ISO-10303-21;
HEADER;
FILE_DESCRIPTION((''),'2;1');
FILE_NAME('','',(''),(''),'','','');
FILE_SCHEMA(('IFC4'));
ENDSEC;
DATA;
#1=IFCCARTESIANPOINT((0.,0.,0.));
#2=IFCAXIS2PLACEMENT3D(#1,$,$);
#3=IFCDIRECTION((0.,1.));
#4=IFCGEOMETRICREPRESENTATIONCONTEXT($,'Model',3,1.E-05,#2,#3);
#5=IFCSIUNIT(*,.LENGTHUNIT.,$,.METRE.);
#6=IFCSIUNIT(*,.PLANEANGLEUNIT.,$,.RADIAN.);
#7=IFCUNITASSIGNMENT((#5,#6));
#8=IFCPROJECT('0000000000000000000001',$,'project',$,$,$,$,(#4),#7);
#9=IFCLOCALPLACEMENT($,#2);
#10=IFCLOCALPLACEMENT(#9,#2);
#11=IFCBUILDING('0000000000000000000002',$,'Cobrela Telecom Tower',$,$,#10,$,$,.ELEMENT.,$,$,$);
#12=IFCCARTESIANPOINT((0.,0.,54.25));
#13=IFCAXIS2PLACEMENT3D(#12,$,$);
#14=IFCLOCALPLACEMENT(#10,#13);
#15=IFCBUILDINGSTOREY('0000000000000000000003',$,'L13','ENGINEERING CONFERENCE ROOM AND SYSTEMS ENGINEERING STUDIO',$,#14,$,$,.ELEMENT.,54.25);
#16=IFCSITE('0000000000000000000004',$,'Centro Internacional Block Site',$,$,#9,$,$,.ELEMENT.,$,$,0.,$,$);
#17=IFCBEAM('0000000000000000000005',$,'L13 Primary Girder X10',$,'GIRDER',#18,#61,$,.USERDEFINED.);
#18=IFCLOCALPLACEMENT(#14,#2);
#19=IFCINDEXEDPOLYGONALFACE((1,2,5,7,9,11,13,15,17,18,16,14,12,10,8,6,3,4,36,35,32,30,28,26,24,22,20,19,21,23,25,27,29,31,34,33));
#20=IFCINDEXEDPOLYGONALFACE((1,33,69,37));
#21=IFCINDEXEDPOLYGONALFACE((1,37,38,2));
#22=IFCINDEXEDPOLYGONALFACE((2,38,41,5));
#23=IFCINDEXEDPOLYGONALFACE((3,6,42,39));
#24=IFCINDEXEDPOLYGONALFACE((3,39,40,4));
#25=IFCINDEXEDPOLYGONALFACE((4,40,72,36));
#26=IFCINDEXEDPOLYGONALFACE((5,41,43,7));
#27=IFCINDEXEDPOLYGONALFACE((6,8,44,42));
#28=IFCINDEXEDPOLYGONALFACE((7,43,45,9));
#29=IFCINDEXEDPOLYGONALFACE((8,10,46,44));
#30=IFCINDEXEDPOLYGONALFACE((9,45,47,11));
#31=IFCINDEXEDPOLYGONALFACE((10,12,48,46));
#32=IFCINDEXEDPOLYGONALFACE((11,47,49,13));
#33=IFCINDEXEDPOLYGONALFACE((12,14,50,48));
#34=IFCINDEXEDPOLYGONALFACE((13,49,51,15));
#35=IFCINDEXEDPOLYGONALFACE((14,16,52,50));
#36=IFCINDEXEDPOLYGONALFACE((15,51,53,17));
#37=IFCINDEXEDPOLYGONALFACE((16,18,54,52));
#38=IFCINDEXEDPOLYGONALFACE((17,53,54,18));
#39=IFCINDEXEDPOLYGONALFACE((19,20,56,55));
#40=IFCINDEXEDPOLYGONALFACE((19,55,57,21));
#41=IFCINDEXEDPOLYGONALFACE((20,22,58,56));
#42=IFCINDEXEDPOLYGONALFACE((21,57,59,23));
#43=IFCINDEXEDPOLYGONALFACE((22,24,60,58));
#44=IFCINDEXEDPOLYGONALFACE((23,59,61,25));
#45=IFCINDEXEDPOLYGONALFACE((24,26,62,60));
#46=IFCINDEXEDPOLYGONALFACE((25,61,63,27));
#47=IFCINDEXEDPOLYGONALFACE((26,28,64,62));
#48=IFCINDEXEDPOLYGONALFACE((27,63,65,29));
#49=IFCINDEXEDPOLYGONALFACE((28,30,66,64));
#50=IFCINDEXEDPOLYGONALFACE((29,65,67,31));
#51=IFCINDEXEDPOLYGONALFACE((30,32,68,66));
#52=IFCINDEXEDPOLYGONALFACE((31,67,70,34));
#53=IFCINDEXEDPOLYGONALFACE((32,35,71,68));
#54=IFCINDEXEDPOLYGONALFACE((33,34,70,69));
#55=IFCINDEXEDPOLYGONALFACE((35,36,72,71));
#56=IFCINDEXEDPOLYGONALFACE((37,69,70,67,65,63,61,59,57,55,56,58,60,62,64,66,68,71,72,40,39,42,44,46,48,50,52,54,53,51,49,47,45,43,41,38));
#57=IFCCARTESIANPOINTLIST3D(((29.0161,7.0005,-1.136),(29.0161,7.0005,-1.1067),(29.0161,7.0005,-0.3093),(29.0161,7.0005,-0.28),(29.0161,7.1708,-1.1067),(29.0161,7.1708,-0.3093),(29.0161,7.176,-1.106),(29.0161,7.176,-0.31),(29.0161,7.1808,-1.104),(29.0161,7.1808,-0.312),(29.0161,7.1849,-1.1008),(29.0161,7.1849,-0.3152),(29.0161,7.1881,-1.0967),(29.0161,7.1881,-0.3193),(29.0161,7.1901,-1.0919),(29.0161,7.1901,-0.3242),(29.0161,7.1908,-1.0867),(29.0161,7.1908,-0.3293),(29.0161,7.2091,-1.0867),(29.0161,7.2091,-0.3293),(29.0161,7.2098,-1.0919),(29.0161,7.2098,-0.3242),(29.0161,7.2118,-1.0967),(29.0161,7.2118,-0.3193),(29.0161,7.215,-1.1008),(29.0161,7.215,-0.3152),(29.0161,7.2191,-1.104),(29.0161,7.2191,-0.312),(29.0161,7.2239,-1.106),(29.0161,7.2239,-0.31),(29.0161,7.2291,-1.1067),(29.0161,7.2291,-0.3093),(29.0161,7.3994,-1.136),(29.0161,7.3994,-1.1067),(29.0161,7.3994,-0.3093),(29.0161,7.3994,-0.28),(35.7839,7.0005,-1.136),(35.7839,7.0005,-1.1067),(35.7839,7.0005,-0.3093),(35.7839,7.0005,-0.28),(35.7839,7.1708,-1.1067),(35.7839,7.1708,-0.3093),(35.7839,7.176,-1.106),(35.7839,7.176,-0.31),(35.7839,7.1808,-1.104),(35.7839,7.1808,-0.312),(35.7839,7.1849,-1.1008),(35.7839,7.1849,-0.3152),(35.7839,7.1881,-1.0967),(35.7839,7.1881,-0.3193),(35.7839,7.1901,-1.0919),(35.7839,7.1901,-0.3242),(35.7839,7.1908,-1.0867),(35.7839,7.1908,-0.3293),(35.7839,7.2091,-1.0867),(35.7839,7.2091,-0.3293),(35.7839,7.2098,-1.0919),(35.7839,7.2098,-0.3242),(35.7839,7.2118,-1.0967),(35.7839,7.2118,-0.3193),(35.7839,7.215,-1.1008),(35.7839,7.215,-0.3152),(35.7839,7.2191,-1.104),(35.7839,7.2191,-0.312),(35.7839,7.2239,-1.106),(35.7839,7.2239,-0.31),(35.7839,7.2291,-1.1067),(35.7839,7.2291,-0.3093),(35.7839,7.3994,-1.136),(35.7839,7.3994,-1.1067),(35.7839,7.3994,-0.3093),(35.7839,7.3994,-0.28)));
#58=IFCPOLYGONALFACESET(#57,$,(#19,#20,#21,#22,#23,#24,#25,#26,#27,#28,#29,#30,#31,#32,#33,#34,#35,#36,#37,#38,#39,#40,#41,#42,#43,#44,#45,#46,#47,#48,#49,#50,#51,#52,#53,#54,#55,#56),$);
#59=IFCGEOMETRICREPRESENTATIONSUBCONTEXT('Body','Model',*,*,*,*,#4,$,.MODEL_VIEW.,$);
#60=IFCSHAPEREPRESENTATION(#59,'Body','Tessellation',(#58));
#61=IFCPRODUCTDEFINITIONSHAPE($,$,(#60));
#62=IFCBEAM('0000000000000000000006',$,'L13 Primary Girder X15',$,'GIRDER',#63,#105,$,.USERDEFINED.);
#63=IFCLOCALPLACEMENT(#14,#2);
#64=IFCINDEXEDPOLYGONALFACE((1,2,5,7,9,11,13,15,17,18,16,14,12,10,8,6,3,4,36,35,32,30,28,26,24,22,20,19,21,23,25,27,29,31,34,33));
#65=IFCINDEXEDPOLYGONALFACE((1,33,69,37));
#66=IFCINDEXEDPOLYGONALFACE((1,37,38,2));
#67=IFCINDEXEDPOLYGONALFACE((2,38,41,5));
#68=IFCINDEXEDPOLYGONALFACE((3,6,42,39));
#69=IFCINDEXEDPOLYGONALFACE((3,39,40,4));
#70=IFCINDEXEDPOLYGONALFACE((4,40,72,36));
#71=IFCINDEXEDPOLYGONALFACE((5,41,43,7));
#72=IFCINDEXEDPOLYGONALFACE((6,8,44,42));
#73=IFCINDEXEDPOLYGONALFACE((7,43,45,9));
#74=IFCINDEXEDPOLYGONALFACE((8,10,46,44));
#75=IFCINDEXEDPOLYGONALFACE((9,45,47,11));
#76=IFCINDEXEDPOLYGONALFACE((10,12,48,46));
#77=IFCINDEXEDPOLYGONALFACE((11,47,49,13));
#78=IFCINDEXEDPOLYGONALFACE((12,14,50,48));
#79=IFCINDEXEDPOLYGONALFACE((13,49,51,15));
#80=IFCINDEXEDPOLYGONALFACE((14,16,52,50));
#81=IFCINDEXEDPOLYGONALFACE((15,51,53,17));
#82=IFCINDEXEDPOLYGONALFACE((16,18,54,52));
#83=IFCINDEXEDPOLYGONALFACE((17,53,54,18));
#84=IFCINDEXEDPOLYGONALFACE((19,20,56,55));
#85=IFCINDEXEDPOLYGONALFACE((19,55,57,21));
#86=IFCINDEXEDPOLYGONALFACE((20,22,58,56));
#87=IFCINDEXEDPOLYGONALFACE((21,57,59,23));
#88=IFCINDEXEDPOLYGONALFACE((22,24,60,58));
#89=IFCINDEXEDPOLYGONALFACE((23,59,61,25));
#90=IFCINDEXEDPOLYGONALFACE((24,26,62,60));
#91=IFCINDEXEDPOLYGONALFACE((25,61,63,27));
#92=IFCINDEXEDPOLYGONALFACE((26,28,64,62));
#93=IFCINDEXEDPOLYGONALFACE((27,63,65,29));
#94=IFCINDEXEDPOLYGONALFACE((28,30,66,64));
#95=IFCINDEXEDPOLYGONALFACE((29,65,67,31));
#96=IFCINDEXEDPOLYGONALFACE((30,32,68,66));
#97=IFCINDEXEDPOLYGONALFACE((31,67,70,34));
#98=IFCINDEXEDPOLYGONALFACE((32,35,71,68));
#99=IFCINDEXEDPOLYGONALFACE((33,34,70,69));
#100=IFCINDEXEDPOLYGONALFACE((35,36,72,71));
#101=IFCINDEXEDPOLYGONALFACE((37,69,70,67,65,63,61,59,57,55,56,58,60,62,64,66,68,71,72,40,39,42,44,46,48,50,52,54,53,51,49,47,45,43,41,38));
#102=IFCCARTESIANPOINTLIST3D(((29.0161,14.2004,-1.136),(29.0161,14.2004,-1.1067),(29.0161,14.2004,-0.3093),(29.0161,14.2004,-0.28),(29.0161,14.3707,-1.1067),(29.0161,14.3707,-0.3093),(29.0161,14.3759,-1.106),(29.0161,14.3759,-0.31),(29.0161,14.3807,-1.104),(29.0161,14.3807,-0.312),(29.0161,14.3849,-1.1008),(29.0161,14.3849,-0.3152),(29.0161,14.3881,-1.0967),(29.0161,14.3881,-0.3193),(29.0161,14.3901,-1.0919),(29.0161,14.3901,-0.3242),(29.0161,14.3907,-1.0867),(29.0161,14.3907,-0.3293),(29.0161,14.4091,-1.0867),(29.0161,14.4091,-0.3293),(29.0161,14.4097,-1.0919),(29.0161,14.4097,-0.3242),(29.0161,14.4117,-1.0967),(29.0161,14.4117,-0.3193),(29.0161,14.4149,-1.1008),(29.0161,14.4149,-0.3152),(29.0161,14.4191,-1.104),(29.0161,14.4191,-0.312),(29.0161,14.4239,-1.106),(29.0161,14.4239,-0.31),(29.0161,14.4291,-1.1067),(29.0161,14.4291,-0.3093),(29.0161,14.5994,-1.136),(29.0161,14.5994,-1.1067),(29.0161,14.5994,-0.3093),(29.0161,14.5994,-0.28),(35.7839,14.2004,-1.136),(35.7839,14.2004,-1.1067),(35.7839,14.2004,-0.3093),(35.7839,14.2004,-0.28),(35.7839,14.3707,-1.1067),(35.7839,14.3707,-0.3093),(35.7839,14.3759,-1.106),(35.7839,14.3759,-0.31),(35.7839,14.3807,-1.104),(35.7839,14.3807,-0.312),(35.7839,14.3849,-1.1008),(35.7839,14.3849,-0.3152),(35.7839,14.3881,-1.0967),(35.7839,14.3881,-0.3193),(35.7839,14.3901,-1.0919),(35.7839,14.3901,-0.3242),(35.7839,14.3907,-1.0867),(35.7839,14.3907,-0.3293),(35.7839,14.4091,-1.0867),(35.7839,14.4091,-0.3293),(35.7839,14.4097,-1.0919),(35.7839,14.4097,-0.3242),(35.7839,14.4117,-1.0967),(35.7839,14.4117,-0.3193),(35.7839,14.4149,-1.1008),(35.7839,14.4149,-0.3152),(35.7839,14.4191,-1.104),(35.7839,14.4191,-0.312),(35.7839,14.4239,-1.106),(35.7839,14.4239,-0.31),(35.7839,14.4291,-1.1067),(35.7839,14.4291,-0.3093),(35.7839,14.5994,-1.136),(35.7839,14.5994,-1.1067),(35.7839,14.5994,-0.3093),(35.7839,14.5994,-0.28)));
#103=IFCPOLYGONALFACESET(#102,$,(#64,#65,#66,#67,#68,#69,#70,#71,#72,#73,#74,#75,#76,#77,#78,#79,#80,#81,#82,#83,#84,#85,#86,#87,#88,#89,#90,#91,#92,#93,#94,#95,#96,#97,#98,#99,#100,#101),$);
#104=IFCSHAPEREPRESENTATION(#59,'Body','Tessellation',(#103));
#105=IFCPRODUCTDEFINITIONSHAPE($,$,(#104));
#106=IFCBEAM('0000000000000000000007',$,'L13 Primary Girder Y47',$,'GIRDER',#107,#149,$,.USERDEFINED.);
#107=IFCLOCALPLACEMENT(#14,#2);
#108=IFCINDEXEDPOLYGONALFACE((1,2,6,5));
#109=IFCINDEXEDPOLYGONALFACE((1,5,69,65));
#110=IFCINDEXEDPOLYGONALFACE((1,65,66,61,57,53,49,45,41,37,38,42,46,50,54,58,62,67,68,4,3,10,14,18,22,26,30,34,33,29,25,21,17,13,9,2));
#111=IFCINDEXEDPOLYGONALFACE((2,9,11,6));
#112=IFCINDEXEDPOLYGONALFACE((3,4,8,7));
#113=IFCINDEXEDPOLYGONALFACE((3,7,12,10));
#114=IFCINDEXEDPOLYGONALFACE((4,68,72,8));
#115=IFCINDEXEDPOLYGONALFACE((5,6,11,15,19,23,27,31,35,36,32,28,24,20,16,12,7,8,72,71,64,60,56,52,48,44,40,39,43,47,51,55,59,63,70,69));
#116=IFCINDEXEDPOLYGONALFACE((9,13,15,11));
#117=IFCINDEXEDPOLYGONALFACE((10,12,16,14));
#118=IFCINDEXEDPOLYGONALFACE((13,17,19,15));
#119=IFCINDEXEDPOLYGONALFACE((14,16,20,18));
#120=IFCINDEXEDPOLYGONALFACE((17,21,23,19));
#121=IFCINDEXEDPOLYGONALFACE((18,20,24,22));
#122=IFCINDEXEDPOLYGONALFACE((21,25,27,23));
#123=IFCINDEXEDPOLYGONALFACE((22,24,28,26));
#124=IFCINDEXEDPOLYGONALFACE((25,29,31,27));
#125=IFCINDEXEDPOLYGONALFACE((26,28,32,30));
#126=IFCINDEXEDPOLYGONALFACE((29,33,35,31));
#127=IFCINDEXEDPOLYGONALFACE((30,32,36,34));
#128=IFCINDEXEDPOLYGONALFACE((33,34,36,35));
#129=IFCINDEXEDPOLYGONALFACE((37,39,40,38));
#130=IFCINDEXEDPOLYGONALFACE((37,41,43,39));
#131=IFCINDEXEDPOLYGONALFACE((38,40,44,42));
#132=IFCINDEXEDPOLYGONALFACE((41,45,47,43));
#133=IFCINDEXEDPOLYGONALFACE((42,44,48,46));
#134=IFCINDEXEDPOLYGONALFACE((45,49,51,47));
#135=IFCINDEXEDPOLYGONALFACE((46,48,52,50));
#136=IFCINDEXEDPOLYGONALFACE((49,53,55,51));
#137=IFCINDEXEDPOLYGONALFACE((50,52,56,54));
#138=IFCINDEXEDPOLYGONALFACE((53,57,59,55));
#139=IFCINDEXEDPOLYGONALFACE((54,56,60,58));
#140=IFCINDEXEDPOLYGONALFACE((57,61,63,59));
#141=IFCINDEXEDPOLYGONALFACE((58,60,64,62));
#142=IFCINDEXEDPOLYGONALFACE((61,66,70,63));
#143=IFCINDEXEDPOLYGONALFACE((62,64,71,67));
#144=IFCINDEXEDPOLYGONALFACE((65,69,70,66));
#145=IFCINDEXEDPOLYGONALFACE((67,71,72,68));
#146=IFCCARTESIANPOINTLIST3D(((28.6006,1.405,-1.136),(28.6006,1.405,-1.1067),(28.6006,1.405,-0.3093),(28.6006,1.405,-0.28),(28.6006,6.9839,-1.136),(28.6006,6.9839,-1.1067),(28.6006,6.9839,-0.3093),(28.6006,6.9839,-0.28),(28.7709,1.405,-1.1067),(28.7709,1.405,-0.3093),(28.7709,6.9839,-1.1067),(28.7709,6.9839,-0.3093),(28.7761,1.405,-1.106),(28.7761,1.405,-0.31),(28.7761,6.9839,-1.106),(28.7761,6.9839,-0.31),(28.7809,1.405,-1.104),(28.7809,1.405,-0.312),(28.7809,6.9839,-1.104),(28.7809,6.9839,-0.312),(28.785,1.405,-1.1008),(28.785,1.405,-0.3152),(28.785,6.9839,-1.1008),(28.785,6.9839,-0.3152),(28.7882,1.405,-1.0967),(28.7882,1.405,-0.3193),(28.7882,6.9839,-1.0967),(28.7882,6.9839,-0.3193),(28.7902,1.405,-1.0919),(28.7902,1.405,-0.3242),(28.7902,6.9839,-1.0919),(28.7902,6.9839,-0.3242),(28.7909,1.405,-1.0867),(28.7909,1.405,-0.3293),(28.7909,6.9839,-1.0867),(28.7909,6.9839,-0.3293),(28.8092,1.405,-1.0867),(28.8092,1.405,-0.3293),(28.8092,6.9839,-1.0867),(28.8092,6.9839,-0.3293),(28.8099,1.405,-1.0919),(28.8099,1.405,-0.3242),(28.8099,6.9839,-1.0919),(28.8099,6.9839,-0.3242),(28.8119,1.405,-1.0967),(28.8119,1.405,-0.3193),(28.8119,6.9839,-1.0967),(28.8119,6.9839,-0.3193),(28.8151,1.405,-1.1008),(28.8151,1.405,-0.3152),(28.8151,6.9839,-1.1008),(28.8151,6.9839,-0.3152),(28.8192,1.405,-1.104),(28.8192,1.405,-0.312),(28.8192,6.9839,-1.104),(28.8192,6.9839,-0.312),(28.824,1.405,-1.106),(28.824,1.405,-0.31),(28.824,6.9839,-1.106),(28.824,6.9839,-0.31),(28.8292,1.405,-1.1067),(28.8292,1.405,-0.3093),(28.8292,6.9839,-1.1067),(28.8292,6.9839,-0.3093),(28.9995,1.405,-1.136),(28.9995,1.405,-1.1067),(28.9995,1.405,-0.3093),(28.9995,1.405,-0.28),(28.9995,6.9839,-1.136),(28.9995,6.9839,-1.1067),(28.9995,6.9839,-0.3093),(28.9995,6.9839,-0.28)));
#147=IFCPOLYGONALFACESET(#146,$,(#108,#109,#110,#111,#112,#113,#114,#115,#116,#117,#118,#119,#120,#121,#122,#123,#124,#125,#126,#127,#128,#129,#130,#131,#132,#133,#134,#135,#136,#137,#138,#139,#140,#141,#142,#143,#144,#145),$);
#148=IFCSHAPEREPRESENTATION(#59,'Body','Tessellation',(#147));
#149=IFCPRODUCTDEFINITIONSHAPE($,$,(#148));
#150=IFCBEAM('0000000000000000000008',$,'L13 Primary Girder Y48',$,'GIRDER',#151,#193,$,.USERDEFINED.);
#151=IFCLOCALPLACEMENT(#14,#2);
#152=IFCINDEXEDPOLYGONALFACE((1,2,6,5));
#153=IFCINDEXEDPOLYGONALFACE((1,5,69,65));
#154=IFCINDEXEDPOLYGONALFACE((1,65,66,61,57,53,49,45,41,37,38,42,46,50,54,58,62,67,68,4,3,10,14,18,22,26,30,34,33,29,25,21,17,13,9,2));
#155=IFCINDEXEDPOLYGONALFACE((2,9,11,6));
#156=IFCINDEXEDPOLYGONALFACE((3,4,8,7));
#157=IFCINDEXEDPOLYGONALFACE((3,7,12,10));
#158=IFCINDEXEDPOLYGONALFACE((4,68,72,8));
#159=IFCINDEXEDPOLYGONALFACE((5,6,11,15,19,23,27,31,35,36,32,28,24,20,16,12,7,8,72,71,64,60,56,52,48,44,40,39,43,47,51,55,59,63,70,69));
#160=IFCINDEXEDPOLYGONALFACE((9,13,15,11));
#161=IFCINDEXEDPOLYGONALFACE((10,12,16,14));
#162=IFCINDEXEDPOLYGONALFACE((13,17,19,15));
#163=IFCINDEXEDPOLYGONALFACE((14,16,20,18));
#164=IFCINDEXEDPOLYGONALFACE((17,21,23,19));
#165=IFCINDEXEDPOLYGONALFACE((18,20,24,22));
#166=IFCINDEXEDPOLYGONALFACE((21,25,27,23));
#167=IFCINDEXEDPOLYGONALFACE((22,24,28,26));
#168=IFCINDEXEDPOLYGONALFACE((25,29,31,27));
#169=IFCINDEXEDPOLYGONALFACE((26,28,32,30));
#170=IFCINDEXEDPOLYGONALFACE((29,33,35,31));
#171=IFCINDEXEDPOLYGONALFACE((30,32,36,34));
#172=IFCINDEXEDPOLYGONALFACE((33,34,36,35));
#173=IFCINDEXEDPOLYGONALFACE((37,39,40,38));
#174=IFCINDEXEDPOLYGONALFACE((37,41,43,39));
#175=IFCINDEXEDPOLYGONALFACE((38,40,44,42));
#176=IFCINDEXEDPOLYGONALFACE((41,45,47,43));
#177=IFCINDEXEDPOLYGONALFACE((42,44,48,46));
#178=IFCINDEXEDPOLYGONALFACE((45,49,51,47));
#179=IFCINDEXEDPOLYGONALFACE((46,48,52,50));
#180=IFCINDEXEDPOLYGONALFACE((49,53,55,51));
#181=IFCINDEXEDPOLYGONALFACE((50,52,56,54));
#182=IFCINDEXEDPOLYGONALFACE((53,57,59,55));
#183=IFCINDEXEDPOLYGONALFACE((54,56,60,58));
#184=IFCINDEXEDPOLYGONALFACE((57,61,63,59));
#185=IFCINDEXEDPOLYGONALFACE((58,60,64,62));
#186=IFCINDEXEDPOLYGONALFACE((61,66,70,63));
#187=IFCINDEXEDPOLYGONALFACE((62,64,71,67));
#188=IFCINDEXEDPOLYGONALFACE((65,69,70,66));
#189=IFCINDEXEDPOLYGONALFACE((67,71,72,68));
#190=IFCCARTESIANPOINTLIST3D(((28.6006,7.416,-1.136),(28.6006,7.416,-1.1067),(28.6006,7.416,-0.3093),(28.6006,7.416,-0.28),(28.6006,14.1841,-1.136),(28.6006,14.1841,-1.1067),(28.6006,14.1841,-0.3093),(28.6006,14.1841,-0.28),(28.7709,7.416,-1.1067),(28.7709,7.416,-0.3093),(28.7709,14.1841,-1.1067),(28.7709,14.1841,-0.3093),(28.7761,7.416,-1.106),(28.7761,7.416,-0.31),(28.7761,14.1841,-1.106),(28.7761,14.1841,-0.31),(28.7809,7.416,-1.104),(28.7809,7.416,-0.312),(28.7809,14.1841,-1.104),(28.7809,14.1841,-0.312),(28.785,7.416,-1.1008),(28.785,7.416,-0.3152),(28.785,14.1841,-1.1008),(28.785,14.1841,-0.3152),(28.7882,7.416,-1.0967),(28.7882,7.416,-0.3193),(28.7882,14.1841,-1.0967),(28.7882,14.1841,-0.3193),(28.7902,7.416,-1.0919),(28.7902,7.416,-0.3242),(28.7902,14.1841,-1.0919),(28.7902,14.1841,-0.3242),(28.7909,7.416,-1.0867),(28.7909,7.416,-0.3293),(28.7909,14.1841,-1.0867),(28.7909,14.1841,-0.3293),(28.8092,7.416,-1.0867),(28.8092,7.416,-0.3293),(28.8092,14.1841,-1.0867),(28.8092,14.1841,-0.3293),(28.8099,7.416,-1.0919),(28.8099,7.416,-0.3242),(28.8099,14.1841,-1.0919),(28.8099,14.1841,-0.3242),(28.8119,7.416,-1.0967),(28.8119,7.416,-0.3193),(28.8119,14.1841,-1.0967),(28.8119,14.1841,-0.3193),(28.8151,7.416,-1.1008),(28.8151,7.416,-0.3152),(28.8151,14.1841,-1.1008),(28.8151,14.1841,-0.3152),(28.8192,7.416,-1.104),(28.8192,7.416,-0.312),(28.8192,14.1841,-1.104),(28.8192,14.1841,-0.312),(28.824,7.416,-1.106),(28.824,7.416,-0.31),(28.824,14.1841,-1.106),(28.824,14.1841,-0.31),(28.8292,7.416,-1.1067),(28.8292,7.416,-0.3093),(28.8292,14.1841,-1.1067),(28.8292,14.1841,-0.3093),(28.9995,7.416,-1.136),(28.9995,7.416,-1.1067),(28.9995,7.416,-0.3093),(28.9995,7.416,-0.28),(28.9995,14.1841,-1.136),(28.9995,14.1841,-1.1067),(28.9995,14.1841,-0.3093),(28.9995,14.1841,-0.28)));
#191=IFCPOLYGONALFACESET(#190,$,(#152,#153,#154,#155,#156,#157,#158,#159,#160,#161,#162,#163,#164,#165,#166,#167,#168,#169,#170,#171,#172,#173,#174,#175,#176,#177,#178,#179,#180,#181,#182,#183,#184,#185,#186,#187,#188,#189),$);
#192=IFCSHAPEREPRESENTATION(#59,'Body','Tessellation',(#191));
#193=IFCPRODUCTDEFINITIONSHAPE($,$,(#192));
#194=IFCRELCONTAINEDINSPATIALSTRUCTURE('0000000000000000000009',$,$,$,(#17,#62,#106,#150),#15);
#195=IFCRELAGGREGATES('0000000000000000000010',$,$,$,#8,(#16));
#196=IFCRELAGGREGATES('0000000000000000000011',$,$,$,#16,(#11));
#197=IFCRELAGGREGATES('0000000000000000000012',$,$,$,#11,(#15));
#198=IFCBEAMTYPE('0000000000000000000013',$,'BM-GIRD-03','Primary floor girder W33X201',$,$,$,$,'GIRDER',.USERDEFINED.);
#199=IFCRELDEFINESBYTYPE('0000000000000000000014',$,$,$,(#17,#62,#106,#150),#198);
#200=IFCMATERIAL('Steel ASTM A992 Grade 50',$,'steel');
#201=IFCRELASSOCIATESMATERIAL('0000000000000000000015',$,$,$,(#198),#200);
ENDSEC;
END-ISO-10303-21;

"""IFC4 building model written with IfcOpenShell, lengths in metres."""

from ifc_helpers import new_model, si_unit, direction, frame, origin, origin_2d, place, context, subcontext, project, spatial, i_section, extrude, material, material_profile, profile_set, type_object, element, save


model = new_model("IFC4")

# Units and contexts
model_context = context("Model", 3, precision=1e-05, world=origin(), true_north=direction((0.0, 1.0)))
body_context = subcontext(model_context, "Body", "Model", "MODEL_VIEW")
ifc_project = project(units=[si_unit("LENGTHUNIT", "METRE"), si_unit("PLANEANGLEUNIT", "RADIAN")], contexts=[model_context])

# Site, building, storey
site_placement = place(None, origin())
site = spatial("IfcSite", under=ifc_project, at=site_placement, Name="Centro Internacional Block Site", CompositionType="ELEMENT", RefElevation=0.0)
building_placement = place(site_placement, origin())
building = spatial("IfcBuilding", under=site, at=building_placement, Name="Cobrela Telecom Tower", CompositionType="ELEMENT")
storey_placement = place(building_placement, frame((0.0, 0.0, 54.25)))
storey = spatial("IfcBuildingStorey", under=building, at=storey_placement, Name="L13", Description="ENGINEERING CONFERENCE ROOM AND SYSTEMS ENGINEERING STUDIO", CompositionType="ELEMENT", Elevation=54.25)

# Shared definitions
ifc_material_1 = material(Name="Steel ASTM A992 Grade 50", Category="steel")

# Beams
ifc_material_profile_1 = material_profile(ifc_material_1, i_section(OverallWidth=0.3989, OverallDepth=0.856, WebThickness=0.0183, FlangeThickness=0.0293, FilletRadius=0.02, at=origin_2d()), Name="W33X201")
ifc_profile_set_1 = profile_set([ifc_material_profile_1], Name="Steel ASTM A992 Grade 50")
beam_type_1 = type_object("IfcBeamType", Name="BM-GIRD-03", Description="Primary floor girder W33X201", ElementType="GIRDER", PredefinedType="USERDEFINED", material=ifc_profile_set_1)
for number, where, z_axis, x_axis, name in (
    (1, (29.0161, 7.2, -0.708), (1.0, 0.0, 0.0), (0.0, 1.0, 0.0), "L13 Primary Girder X10"),
    (2, (29.0161, 14.3999, -0.708), (1.0, 0.0, 0.0), (0.0, 1.0, 0.0), "L13 Primary Girder X15"),
):
    element("IfcBeam", number, at=place(storey_placement, frame(where, z_axis=z_axis, x_axis=x_axis)), inside=storey, type_object=beam_type_1, Name=name, ObjectType="GIRDER", PredefinedType="USERDEFINED", context=body_context, shape_type="SweptSolid", body=[
        extrude(i_section(OverallWidth=0.3989, OverallDepth=0.856, WebThickness=0.0183, FlangeThickness=0.0293, FilletRadius=0.02, at=origin_2d()), origin(), (0.0, 0.0, 1.0), 6.7678),
    ])
beam_1_placement = place(storey_placement, frame((28.8, 1.405, -0.708), z_axis=(0.0, 1.0, 0.0), x_axis=(-1.0, 0.0, 0.0)))
element("IfcBeam", 3, at=beam_1_placement, inside=storey, type_object=beam_type_1, Name="L13 Primary Girder Y47", ObjectType="GIRDER", PredefinedType="USERDEFINED", context=body_context, shape_type="SweptSolid", body=[
    extrude(i_section(OverallWidth=0.3989, OverallDepth=0.856, WebThickness=0.0183, FlangeThickness=0.0293, FilletRadius=0.02, at=origin_2d()), origin(), (0.0, 0.0, 1.0), 5.5789),
])
beam_2_placement = place(storey_placement, frame((28.8, 7.416, -0.708), z_axis=(0.0, 1.0, 0.0), x_axis=(-1.0, 0.0, 0.0)))
element("IfcBeam", 4, at=beam_2_placement, inside=storey, type_object=beam_type_1, Name="L13 Primary Girder Y48", ObjectType="GIRDER", PredefinedType="USERDEFINED", context=body_context, shape_type="SweptSolid", body=[
    extrude(i_section(OverallWidth=0.3989, OverallDepth=0.856, WebThickness=0.0183, FlangeThickness=0.0293, FilletRadius=0.02, at=origin_2d()), origin(), (0.0, 0.0, 1.0), 6.7681),
])

save(model, "model.ifc")
